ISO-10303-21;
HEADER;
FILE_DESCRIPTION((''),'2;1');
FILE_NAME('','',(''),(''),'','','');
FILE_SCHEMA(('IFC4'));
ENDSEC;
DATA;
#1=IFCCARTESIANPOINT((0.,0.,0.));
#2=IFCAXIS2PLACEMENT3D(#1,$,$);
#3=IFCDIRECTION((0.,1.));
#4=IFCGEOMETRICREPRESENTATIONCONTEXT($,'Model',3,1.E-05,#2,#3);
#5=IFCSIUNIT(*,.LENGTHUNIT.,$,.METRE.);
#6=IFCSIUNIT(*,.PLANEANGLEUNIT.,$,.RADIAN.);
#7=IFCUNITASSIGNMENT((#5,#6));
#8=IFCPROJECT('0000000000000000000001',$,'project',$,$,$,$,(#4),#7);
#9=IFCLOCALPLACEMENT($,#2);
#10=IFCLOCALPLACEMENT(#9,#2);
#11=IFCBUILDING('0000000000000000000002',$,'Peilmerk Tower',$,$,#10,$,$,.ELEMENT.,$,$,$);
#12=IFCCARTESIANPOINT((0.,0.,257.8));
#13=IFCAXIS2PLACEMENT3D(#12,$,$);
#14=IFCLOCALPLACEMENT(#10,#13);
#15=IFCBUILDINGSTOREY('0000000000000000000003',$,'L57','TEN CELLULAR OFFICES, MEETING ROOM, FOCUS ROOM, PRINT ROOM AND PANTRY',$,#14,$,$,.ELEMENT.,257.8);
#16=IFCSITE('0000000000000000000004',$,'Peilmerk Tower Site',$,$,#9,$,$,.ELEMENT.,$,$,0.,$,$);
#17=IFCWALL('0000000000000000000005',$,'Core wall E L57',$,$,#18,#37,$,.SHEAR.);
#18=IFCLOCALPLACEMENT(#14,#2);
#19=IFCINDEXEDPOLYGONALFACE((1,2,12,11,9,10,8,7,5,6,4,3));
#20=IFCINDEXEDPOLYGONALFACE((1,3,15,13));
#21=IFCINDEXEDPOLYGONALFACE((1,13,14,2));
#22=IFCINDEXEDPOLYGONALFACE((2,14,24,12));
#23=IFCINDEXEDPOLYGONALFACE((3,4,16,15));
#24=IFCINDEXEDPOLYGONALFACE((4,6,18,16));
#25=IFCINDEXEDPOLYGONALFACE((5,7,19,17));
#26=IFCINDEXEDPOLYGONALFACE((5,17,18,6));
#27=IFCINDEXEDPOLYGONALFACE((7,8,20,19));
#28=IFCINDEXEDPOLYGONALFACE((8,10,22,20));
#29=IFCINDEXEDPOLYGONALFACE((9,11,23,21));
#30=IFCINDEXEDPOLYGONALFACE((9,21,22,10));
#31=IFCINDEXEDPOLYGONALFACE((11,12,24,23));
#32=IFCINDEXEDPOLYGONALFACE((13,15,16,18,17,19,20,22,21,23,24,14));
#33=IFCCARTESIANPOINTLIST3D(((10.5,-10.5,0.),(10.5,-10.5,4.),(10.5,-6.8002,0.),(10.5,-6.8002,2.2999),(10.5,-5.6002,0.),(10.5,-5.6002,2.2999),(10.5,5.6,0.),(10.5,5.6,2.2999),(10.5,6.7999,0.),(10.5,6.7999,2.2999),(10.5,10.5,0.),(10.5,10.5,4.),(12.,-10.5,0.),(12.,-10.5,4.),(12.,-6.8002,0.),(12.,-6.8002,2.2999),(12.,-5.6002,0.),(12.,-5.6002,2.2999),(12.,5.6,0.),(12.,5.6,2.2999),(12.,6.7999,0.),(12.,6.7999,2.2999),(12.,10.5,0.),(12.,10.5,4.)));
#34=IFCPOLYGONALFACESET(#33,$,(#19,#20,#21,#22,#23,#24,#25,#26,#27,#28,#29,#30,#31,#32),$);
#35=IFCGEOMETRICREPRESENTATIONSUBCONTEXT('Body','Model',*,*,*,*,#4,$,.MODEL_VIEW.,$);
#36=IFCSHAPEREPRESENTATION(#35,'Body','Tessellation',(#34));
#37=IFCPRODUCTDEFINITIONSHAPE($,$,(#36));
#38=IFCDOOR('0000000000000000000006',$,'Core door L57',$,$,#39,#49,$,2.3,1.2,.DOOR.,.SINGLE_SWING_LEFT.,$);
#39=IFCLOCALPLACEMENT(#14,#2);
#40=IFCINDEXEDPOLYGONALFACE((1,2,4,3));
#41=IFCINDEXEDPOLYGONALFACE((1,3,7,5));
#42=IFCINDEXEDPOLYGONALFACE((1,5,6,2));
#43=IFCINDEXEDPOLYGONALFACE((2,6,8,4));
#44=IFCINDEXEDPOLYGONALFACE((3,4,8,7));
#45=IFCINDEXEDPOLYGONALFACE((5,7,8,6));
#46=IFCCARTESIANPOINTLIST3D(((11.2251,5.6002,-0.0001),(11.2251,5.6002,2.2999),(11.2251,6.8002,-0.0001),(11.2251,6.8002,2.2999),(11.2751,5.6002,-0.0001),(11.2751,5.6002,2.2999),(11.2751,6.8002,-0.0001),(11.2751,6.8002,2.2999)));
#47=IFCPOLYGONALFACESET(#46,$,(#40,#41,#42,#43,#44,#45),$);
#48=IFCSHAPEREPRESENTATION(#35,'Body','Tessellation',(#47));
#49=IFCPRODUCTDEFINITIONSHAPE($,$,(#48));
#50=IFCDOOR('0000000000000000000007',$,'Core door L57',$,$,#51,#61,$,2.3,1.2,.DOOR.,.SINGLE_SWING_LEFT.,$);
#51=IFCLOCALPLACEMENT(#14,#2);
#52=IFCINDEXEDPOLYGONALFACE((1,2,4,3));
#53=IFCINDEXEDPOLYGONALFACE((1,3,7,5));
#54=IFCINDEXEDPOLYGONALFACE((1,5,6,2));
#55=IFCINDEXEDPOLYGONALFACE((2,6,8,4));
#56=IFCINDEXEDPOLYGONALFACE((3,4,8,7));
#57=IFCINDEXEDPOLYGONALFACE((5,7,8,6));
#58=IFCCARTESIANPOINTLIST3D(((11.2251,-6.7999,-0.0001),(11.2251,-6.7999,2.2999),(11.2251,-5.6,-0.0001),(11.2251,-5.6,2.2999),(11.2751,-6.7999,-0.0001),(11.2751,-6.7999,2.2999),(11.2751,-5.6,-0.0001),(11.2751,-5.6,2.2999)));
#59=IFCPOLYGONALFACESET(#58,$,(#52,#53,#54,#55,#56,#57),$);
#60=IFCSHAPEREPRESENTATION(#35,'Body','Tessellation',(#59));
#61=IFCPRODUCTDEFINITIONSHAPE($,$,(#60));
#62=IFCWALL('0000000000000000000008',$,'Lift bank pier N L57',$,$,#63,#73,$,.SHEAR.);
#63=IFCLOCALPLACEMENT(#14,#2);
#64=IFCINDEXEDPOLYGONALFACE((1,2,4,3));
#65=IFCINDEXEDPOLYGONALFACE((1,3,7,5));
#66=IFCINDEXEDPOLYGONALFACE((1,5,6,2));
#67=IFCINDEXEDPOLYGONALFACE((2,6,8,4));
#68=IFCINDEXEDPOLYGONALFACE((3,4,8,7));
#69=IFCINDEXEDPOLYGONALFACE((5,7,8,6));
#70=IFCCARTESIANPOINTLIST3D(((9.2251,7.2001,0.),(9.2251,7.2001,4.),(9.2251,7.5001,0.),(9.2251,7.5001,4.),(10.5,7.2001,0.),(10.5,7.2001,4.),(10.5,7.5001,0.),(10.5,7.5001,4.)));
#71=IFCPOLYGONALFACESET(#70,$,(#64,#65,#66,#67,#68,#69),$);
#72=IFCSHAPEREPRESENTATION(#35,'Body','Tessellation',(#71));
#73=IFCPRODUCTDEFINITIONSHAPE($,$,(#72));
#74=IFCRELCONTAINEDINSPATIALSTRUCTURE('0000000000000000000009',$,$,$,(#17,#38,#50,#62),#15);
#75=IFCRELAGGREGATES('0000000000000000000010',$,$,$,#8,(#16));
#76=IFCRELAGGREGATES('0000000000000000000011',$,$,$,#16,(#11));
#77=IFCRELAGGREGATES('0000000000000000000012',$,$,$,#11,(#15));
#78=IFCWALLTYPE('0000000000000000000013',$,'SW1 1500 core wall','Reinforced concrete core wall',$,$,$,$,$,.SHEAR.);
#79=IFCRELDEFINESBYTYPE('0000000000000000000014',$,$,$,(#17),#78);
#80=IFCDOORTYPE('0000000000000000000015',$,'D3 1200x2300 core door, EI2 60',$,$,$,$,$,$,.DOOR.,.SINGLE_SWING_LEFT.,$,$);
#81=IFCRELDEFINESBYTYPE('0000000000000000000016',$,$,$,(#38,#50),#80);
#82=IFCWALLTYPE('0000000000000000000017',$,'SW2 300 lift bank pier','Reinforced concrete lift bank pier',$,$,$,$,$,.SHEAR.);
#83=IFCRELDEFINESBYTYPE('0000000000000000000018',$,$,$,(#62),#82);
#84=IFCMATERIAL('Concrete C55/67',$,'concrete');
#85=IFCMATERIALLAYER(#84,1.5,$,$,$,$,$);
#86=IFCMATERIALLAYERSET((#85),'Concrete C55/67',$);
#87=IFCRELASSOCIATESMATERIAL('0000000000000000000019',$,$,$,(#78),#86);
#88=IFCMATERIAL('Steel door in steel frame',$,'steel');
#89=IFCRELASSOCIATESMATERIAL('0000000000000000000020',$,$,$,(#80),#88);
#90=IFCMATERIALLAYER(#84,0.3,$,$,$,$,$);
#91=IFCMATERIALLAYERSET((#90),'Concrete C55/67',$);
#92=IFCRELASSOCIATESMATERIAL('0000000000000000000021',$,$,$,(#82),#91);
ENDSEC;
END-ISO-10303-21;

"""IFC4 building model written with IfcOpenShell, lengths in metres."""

from ifc_helpers import new_model, si_unit, direction, frame, frame_2d, origin, place, context, subcontext, project, spatial, rectangle, extrude, material, layer, layer_set, type_object, element, fill, save


model = new_model("IFC4")

# Units and contexts
model_context = context("Model", 3, precision=1e-05, world=origin(), true_north=direction((0.0, 1.0)))
body_context = subcontext(model_context, "Body", "Model", "MODEL_VIEW")
ifc_project = project(units=[si_unit("LENGTHUNIT", "METRE"), si_unit("PLANEANGLEUNIT", "RADIAN")], contexts=[model_context])

# Site, building, storey
site_placement = place(None, origin())
site = spatial("IfcSite", under=ifc_project, at=site_placement, Name="Peilmerk Tower Site", CompositionType="ELEMENT", RefElevation=0.0)
building_placement = place(site_placement, origin())
building = spatial("IfcBuilding", under=site, at=building_placement, Name="Peilmerk Tower", CompositionType="ELEMENT")
storey_placement = place(building_placement, frame((0.0, 0.0, 257.8)))
storey = spatial("IfcBuildingStorey", under=building, at=storey_placement, Name="L57", Description="TEN CELLULAR OFFICES, MEETING ROOM, FOCUS ROOM, PRINT ROOM AND PANTRY", CompositionType="ELEMENT", Elevation=257.8)

# Shared definitions
ifc_material_1 = material(Name="Steel door in steel frame", Category="steel")

# Wall, openings, doors
ifc_material_2 = material(Name="Concrete C55/67", Category="concrete")
ifc_layer_1 = layer(ifc_material_2, 1.5)
ifc_layer_set_1 = layer_set([ifc_layer_1], Name="Concrete C55/67")
wall_type_1 = type_object("IfcWallType", Name="SW1 1500 core wall", Description="Reinforced concrete core wall", PredefinedType="SHEAR", material=ifc_layer_set_1)
wall_1_placement = place(storey_placement, frame((11.25, 10.5, 0.0), z_axis=(0.0, 0.0, 1.0), x_axis=(0.0, -1.0, 0.0)))
wall_1 = element("IfcWall", 1, at=wall_1_placement, inside=storey, type_object=wall_type_1, Name="Core wall E L57", PredefinedType="SHEAR", context=body_context, shape_type="SweptSolid", body=[
    extrude(rectangle(XDim=21.0, YDim=1.5, at=frame_2d((10.5, 0.0))), origin(), (0.0, 0.0, 1.0), 4.0),
])
opening_1_placement = place(wall_1_placement, frame((3.7, 0.0, 0.0)))
opening_1 = element("IfcOpeningElement", 2, at=opening_1_placement, cuts=wall_1, PredefinedType="OPENING", context=body_context, shape_type="SweptSolid", body=[
    extrude(rectangle(XDim=1.2, YDim=2.3, at=frame_2d((0.6001, 1.1499))), frame((0.0, 0.76, 0.0), z_axis=(0.0, -1.0, 0.0), x_axis=(1.0, 0.0, 0.0)), (0.0, 0.0, 1.0), 1.52),
])
opening_2_placement = place(wall_1_placement, frame((16.1001, 0.0, 0.0)))
opening_2 = element("IfcOpeningElement", 3, at=opening_2_placement, cuts=wall_1, PredefinedType="OPENING", context=body_context, shape_type="SweptSolid", body=[
    extrude(rectangle(XDim=1.2, YDim=2.3, at=frame_2d((0.6001, 1.1499))), frame((0.0, 0.76, 0.0), z_axis=(0.0, -1.0, 0.0), x_axis=(1.0, 0.0, 0.0)), (0.0, 0.0, 1.0), 1.52),
])
door_type_1 = type_object("IfcDoorType", Name="D3 1200x2300 core door, EI2 60", OperationType="SINGLE_SWING_LEFT", PredefinedType="DOOR", material=ifc_material_1)
door_1_placement = place(opening_1_placement, frame((1.2, 0.0, 0.0), z_axis=(0.0, 0.0, 1.0), x_axis=(-1.0, 0.0, 0.0)))
door_1 = element("IfcDoor", 4, at=door_1_placement, inside=storey, type_object=door_type_1, Name="Core door L57", OperationType="SINGLE_SWING_LEFT", OverallHeight=2.3, OverallWidth=1.2, PredefinedType="DOOR", context=body_context, shape_type="SweptSolid", body=[
    extrude(rectangle(XDim=1.2, YDim=2.3, at=frame_2d((0.6001, 1.1499))), frame((0.0, 0.0249, 0.0), z_axis=(0.0, -1.0, 0.0), x_axis=(1.0, 0.0, 0.0)), (0.0, 0.0, 1.0), 0.05),
])
fill(opening_1, door_1)
door_2_placement = place(opening_2_placement, frame((1.2, 0.0, 0.0), z_axis=(0.0, 0.0, 1.0), x_axis=(-1.0, 0.0, 0.0)))
door_2 = element("IfcDoor", 5, at=door_2_placement, inside=storey, type_object=door_type_1, Name="Core door L57", OperationType="SINGLE_SWING_LEFT", OverallHeight=2.3, OverallWidth=1.2, PredefinedType="DOOR", context=body_context, shape_type="SweptSolid", body=[
    extrude(rectangle(XDim=1.2, YDim=2.3, at=frame_2d((0.6001, 1.1499))), frame((0.0, 0.0249, 0.0), z_axis=(0.0, -1.0, 0.0), x_axis=(1.0, 0.0, 0.0)), (0.0, 0.0, 1.0), 0.05),
])
fill(opening_2, door_2)

# Wall
ifc_layer_2 = layer(ifc_material_2, 0.3)
ifc_layer_set_2 = layer_set([ifc_layer_2], Name="Concrete C55/67")
wall_type_2 = type_object("IfcWallType", Name="SW2 300 lift bank pier", Description="Reinforced concrete lift bank pier", PredefinedType="SHEAR", material=ifc_layer_set_2)
wall_2_placement = place(storey_placement, frame((9.2251, 7.3501, 0.0), z_axis=(0.0, 0.0, 1.0), x_axis=(1.0, 0.0, 0.0)))
element("IfcWall", 6, at=wall_2_placement, inside=storey, type_object=wall_type_2, Name="Lift bank pier N L57", PredefinedType="SHEAR", context=body_context, shape_type="SweptSolid", body=[
    extrude(rectangle(XDim=1.2749, YDim=0.3, at=frame_2d((0.6375, 0.0))), origin(), (0.0, 0.0, 1.0), 4.0),
])

save(model, "model.ifc")
